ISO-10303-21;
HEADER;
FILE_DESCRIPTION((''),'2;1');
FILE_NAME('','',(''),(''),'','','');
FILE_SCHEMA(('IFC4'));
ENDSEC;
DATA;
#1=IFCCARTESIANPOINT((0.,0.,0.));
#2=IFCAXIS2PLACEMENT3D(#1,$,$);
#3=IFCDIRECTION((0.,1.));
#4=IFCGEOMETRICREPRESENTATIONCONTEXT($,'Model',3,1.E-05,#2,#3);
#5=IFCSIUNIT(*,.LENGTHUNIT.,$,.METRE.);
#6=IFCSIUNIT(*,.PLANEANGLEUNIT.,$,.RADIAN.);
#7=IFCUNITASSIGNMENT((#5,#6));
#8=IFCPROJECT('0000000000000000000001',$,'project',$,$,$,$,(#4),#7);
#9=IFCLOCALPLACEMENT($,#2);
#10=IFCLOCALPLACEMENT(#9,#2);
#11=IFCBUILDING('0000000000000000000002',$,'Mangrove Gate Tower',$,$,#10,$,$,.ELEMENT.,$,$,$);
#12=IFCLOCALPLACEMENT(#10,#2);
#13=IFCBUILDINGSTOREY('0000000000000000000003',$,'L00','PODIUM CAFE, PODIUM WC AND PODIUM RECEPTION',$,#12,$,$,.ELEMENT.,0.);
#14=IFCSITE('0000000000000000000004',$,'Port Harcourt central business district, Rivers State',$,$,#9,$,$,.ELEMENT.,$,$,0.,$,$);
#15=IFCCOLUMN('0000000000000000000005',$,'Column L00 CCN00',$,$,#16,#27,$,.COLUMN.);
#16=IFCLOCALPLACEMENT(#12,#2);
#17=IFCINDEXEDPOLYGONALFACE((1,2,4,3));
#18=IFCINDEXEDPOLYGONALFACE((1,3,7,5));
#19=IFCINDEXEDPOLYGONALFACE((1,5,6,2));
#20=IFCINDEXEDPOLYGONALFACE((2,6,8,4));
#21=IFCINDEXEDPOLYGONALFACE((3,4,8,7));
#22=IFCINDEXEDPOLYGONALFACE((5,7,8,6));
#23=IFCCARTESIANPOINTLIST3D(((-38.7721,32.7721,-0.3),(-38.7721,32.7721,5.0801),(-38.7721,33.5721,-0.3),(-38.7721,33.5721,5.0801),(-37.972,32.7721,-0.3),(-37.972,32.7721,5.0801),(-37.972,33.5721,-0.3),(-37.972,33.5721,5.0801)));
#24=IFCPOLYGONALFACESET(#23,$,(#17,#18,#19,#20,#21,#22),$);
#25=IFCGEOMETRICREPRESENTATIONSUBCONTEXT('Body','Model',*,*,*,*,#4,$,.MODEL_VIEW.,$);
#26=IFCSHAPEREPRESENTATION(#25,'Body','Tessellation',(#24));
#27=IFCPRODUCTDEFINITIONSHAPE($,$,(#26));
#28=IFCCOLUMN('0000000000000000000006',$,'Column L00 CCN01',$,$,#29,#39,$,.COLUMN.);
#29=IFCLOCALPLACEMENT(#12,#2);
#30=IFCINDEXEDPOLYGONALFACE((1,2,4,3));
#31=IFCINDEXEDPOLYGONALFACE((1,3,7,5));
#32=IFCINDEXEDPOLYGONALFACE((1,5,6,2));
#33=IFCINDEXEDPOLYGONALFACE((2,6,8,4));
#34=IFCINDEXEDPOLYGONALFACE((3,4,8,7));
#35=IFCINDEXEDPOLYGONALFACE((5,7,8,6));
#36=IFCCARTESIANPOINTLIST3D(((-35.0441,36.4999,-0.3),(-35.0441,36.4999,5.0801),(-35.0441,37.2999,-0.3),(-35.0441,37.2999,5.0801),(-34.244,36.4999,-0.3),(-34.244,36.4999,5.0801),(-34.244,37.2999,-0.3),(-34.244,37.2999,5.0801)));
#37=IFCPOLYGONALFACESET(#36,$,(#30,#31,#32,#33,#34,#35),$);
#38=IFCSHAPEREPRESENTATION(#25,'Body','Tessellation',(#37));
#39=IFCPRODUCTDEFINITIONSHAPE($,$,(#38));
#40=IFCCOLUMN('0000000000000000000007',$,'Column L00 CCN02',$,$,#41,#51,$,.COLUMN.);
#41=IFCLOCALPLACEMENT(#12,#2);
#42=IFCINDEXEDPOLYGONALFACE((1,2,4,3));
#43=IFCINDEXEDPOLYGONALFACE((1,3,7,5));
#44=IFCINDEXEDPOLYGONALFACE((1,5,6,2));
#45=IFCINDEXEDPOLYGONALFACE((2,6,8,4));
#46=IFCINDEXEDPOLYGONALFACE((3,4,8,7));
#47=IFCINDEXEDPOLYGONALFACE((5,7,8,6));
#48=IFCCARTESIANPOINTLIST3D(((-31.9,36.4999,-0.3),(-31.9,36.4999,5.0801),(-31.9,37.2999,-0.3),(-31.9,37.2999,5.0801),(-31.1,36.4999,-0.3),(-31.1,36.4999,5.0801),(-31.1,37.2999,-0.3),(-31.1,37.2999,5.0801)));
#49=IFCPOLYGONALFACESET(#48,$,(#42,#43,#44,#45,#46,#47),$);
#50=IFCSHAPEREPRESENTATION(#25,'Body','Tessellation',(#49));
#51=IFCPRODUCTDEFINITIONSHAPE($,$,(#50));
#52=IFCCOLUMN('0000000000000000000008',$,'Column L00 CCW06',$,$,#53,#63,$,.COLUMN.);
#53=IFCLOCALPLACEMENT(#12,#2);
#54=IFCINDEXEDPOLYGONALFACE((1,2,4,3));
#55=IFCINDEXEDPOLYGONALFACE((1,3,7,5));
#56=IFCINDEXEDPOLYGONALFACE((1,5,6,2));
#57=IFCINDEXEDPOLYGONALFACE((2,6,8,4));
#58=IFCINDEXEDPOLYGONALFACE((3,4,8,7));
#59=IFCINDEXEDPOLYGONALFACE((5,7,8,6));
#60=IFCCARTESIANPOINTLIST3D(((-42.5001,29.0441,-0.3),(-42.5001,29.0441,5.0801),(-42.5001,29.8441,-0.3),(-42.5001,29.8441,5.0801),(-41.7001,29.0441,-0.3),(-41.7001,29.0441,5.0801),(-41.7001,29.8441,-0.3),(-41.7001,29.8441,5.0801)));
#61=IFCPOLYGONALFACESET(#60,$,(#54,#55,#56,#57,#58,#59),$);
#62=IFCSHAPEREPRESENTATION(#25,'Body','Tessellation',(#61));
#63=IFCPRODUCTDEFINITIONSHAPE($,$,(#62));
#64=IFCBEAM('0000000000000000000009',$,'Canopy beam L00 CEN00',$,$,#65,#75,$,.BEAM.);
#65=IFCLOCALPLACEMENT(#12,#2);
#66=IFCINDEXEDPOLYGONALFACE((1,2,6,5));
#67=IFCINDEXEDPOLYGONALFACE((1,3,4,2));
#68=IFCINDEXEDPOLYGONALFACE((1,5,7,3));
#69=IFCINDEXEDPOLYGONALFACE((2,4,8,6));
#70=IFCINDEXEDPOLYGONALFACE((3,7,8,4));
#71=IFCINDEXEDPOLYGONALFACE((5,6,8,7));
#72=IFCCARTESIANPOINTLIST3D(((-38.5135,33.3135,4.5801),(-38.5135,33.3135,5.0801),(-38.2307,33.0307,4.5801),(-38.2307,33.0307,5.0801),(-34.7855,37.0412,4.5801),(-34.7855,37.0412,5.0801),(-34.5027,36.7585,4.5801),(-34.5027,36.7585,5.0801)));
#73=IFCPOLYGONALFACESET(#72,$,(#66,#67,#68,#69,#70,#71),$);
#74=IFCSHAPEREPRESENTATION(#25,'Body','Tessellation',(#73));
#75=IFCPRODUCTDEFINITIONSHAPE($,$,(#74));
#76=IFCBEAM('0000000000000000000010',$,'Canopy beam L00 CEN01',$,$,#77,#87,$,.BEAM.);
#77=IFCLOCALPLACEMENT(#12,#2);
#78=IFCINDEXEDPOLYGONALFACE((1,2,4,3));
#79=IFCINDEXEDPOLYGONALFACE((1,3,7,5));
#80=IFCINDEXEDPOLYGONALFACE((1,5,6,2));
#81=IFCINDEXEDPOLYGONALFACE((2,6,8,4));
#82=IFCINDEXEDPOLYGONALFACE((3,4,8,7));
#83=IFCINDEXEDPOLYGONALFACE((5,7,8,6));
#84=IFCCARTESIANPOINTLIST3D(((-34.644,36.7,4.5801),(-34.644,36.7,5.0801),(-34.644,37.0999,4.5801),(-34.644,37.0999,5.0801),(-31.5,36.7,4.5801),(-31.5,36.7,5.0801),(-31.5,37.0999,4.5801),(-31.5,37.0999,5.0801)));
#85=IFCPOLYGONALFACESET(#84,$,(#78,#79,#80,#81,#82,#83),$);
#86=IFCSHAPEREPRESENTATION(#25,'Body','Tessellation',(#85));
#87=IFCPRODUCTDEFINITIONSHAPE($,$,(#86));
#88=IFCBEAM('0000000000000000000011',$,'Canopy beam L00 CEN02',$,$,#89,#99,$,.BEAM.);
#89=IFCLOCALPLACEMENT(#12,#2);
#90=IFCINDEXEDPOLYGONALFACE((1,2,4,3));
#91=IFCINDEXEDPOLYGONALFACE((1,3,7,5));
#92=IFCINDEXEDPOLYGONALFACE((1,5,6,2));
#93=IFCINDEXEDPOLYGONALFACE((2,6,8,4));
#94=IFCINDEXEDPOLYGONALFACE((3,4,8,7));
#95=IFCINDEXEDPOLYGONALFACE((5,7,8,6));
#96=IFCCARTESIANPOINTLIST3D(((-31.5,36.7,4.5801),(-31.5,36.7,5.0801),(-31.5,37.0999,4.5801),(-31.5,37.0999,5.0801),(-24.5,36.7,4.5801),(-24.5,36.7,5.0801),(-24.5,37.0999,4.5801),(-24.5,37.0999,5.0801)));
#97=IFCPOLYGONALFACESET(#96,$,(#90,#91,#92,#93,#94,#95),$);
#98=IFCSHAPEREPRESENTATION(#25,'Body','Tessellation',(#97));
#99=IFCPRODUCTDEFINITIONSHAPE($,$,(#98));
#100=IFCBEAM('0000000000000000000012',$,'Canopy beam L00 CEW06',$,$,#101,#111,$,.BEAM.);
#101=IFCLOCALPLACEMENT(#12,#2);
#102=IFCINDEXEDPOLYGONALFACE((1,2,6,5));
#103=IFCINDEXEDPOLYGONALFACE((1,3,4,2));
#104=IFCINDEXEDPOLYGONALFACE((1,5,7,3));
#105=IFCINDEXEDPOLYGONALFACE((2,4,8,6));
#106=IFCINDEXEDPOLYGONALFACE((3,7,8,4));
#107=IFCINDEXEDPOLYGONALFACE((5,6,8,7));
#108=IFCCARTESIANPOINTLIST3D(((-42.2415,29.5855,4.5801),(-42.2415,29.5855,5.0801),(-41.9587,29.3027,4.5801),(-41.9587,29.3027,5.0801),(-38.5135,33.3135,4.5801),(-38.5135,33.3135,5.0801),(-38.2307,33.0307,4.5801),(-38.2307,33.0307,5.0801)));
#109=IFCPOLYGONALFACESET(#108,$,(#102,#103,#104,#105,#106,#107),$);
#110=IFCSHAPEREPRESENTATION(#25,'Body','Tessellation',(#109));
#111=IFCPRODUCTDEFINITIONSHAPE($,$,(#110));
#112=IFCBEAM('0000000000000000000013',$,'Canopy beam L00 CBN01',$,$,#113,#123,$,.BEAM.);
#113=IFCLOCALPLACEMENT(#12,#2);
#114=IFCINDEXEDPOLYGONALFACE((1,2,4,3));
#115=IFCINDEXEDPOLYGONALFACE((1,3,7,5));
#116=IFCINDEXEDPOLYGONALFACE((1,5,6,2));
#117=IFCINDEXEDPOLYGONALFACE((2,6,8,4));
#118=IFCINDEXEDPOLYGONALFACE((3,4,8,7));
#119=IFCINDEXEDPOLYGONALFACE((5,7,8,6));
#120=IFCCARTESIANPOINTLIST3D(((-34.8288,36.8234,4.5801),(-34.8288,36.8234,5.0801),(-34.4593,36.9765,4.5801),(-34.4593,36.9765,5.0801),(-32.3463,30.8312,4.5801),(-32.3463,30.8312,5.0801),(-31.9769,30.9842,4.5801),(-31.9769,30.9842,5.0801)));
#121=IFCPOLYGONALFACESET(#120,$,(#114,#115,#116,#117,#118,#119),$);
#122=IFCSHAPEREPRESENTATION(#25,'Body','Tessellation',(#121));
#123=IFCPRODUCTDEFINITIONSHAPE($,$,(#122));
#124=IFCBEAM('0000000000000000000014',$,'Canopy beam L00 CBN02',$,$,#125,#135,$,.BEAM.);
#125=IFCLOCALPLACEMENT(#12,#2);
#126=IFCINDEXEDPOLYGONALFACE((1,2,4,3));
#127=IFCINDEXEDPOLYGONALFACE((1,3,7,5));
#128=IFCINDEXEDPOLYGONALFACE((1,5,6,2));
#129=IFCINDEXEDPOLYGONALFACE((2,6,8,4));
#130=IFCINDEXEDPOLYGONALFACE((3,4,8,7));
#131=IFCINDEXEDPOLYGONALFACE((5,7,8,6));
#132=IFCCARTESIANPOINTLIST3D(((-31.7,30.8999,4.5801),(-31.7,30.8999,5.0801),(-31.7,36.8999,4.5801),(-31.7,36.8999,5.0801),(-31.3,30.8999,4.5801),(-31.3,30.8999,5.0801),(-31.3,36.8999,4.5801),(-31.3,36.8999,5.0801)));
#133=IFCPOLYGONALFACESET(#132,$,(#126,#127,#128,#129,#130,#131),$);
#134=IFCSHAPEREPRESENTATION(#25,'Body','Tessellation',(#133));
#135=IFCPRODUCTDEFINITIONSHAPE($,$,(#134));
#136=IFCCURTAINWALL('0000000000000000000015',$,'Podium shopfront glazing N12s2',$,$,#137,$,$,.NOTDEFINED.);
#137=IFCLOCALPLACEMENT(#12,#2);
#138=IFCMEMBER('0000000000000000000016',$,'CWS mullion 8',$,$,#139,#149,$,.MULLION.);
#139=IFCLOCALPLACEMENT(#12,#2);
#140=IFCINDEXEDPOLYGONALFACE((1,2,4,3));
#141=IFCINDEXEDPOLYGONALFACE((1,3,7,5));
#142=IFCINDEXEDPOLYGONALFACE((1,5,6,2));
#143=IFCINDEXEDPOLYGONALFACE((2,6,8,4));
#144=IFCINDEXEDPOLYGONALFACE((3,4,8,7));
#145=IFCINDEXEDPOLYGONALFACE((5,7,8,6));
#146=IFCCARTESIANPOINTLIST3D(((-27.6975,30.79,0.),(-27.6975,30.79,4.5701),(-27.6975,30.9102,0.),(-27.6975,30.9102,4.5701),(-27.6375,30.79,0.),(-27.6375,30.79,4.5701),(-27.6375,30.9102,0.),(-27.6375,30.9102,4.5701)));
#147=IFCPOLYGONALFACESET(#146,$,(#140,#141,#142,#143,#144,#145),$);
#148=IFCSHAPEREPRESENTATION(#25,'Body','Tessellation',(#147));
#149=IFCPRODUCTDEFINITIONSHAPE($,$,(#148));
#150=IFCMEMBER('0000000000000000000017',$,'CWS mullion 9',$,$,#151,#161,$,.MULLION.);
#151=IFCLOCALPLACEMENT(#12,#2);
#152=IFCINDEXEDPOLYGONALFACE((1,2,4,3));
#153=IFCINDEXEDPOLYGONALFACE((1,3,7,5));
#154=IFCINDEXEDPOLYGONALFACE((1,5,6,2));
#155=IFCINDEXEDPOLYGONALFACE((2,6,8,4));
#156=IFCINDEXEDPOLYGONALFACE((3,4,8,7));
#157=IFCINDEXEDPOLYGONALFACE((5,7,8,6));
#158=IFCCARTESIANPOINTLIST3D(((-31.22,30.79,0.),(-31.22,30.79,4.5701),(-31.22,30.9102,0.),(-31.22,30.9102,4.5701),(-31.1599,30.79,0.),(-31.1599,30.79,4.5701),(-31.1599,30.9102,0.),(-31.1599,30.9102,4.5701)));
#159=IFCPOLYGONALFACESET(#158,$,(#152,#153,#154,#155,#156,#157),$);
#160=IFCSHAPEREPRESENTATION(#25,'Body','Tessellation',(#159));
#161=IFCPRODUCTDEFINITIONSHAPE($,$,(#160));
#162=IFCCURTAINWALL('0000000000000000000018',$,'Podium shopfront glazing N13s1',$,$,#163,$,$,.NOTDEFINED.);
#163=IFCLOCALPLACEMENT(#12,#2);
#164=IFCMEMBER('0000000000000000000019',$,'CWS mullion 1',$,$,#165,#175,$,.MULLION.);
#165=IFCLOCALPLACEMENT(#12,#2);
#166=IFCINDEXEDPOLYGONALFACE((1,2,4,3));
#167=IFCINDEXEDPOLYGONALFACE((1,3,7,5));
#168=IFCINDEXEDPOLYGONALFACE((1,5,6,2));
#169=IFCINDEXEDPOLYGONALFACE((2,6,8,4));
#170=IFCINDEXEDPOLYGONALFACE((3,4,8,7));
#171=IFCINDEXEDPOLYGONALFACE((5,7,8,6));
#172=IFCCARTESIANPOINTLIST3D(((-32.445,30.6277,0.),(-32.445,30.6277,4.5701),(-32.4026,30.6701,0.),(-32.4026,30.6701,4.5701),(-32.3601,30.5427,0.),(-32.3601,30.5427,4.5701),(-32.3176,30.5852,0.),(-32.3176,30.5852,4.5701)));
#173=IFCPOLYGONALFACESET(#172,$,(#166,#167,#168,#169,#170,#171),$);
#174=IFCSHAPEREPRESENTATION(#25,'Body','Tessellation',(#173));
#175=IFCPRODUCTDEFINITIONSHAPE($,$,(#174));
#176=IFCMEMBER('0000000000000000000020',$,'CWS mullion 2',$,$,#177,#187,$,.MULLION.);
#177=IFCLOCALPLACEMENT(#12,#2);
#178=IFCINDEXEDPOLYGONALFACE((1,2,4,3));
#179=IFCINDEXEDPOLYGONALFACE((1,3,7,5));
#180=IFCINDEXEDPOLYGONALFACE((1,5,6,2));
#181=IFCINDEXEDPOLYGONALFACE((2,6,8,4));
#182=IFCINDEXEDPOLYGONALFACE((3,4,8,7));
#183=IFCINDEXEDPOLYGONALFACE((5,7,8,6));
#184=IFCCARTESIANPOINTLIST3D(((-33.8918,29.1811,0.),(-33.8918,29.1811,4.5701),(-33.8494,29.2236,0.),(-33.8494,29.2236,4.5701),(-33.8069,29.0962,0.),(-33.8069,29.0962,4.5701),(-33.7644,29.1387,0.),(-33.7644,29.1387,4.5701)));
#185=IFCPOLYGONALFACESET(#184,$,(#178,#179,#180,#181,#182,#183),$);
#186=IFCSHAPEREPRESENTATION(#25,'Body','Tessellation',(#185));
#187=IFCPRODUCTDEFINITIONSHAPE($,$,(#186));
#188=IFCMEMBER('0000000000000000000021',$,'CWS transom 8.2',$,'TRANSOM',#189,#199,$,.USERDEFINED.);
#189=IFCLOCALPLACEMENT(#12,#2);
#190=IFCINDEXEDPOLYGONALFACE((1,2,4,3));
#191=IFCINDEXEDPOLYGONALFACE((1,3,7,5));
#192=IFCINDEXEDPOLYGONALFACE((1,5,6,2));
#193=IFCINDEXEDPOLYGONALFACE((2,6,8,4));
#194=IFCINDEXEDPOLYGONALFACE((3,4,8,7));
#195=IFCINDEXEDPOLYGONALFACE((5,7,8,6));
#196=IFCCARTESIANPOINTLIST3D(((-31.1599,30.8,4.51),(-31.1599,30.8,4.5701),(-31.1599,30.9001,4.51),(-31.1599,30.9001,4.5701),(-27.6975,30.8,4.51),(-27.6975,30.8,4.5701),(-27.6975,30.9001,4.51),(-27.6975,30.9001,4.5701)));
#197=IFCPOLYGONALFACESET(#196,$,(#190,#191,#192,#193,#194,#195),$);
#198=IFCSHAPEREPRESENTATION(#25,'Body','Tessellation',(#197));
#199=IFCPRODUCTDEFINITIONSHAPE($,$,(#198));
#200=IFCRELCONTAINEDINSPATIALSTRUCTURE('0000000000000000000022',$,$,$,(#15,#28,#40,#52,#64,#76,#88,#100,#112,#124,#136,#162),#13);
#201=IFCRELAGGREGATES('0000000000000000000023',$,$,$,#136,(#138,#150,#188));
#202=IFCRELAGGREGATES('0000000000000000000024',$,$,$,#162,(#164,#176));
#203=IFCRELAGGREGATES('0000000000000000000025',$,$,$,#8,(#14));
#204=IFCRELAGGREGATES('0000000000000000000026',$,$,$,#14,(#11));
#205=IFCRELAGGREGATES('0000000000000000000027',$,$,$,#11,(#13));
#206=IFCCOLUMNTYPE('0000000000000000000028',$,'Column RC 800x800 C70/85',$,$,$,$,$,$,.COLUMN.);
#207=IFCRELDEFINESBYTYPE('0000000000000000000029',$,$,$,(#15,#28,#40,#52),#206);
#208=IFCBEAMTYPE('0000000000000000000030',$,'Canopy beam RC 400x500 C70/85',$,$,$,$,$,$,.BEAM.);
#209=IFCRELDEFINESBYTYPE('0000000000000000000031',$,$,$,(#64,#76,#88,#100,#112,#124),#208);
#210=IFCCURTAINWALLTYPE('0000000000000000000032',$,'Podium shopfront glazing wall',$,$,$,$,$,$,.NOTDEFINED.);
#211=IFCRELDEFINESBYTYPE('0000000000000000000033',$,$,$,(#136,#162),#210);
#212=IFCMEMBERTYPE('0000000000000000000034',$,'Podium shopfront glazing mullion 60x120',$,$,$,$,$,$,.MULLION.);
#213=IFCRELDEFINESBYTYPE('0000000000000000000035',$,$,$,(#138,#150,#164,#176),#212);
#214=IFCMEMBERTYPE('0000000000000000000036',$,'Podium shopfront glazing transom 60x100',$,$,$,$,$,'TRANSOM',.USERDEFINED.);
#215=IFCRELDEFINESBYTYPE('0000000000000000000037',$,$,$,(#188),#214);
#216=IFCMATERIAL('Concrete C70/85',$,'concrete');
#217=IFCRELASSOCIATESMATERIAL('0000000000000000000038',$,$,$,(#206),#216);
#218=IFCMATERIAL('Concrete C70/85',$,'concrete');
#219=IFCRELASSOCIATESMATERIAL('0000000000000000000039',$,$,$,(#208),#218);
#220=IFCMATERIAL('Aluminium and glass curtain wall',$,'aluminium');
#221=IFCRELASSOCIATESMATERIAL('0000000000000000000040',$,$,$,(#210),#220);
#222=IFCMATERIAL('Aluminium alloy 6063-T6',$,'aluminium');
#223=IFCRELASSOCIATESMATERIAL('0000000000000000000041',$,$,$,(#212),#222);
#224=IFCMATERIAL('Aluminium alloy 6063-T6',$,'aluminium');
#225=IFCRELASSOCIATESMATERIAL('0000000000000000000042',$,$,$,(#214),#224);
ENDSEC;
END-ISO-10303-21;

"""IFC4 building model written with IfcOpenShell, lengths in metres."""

from ifc_helpers import new_model, si_unit, direction, frame, origin, origin_2d, place, context, subcontext, project, spatial, rectangle, extrude, material, material_profile, profile_set, type_object, element, aggregate, save


model = new_model("IFC4")

# Units and contexts
model_context = context("Model", 3, precision=1e-05, world=origin(), true_north=direction((0.0, 1.0)))
body_context = subcontext(model_context, "Body", "Model", "MODEL_VIEW")
ifc_project = project(units=[si_unit("LENGTHUNIT", "METRE"), si_unit("PLANEANGLEUNIT", "RADIAN")], contexts=[model_context])

# Site, building, storey
site_placement = place(None, origin())
site = spatial("IfcSite", under=ifc_project, at=site_placement, Name="Port Harcourt central business district, Rivers State", CompositionType="ELEMENT", RefElevation=0.0)
building_placement = place(site_placement, origin())
building = spatial("IfcBuilding", under=site, at=building_placement, Name="Mangrove Gate Tower", CompositionType="ELEMENT")
storey_placement = place(building_placement, origin())
storey = spatial("IfcBuildingStorey", under=building, at=storey_placement, Name="L00", Description="PODIUM CAFE, PODIUM WC AND PODIUM RECEPTION", CompositionType="ELEMENT", Elevation=0.0)

# Columns
ifc_material_1 = material(Name="Concrete C70/85", Category="concrete")
ifc_material_profile_1 = material_profile(ifc_material_1, rectangle(XDim=0.8, YDim=0.8, at=origin_2d()))
ifc_profile_set_1 = profile_set([ifc_material_profile_1], Name="Concrete C70/85")
column_type_1 = type_object("IfcColumnType", Name="Column RC 800x800 C70/85", PredefinedType="COLUMN", material=ifc_profile_set_1)
for number, where, z_axis, x_axis, name in (
    (1, (-38.3721, 33.1721, -0.3), (0.0, 0.0, 1.0), (1.0, 0.0, 0.0), "Column L00 CCN00"),
    (2, (-34.644, 36.8999, -0.3), (0.0, 0.0, 1.0), (1.0, 0.0, 0.0), "Column L00 CCN01"),
    (3, (-31.5, 36.8999, -0.3), (0.0, 0.0, 1.0), (1.0, 0.0, 0.0), "Column L00 CCN02"),
    (4, (-42.1001, 29.4441, -0.3), (0.0, 0.0, 1.0), (1.0, 0.0, 0.0), "Column L00 CCW06"),
):
    element("IfcColumn", number, at=place(storey_placement, frame(where, z_axis=z_axis, x_axis=x_axis)), inside=storey, type_object=column_type_1, Name=name, PredefinedType="COLUMN", context=body_context, shape_type="SweptSolid", body=[
        extrude(rectangle(XDim=0.8, YDim=0.8, at=origin_2d()), origin(), (0.0, 0.0, 1.0), 5.3801),
    ])

# Beams
ifc_material_2 = material(Name="Concrete C70/85", Category="concrete")
ifc_material_profile_2 = material_profile(ifc_material_2, rectangle(XDim=0.3999, YDim=0.5, at=origin_2d()))
ifc_profile_set_2 = profile_set([ifc_material_profile_2], Name="Concrete C70/85")
beam_type = type_object("IfcBeamType", Name="Canopy beam RC 400x500 C70/85", PredefinedType="BEAM", material=ifc_profile_set_2)
beam_1_placement = place(storey_placement, frame((-38.3721, 33.1721, 4.8301), z_axis=(0.70713, 0.707084, 0.0), x_axis=(-0.707084, 0.70713, 0.0)))
element("IfcBeam", 5, at=beam_1_placement, inside=storey, type_object=beam_type, Name="Canopy beam L00 CEN00", PredefinedType="BEAM", context=body_context, shape_type="SweptSolid", body=[
    extrude(rectangle(XDim=0.3999, YDim=0.5, at=origin_2d()), origin(), (0.0, 0.0, 1.0), 5.272),
])
beam_2_placement = place(storey_placement, frame((-34.644, 36.8999, 4.8301), z_axis=(1.0, 0.0, 0.0), x_axis=(0.0, 1.0, 0.0)))
element("IfcBeam", 6, at=beam_2_placement, inside=storey, type_object=beam_type, Name="Canopy beam L00 CEN01", PredefinedType="BEAM", context=body_context, shape_type="SweptSolid", body=[
    extrude(rectangle(XDim=0.3999, YDim=0.5, at=origin_2d()), origin(), (0.0, 0.0, 1.0), 3.144),
])
beam_3_placement = place(storey_placement, frame((-31.5, 36.8999, 4.8301), z_axis=(1.0, 0.0, 0.0), x_axis=(0.0, 1.0, 0.0)))
element("IfcBeam", 7, at=beam_3_placement, inside=storey, type_object=beam_type, Name="Canopy beam L00 CEN02", PredefinedType="BEAM", context=body_context, shape_type="SweptSolid", body=[
    extrude(rectangle(XDim=0.3999, YDim=0.5, at=origin_2d()), origin(), (0.0, 0.0, 1.0), 7.0),
])
beam_4_placement = place(storey_placement, frame((-42.1001, 29.4441, 4.8301), z_axis=(0.707107, 0.707107, 0.0), x_axis=(-0.707107, 0.707107, 0.0)))
element("IfcBeam", 8, at=beam_4_placement, inside=storey, type_object=beam_type, Name="Canopy beam L00 CEW06", PredefinedType="BEAM", context=body_context, shape_type="SweptSolid", body=[
    extrude(rectangle(XDim=0.3999, YDim=0.5, at=origin_2d()), origin(), (0.0, 0.0, 1.0), 5.2722),
])
beam_5_placement = place(storey_placement, frame((-32.1616, 30.9077, 4.8301), z_axis=(-0.382733, 0.923859, 0.0), x_axis=(-0.923859, -0.382733, 0.0)))
element("IfcBeam", 9, at=beam_5_placement, inside=storey, type_object=beam_type, Name="Canopy beam L00 CBN01", PredefinedType="BEAM", context=body_context, shape_type="SweptSolid", body=[
    extrude(rectangle(XDim=0.3999, YDim=0.5, at=origin_2d()), origin(), (0.0, 0.0, 1.0), 6.4861),
])
beam_6_placement = place(storey_placement, frame((-31.5, 30.8999, 4.8301), z_axis=(0.0, 1.0, 0.0), x_axis=(-1.0, 0.0, 0.0)))
element("IfcBeam", 10, at=beam_6_placement, inside=storey, type_object=beam_type, Name="Canopy beam L00 CBN02", PredefinedType="BEAM", context=body_context, shape_type="SweptSolid", body=[
    extrude(rectangle(XDim=0.3999, YDim=0.5, at=origin_2d()), origin(), (0.0, 0.0, 1.0), 6.0),
])

# Curtain walls, members
ifc_material_3 = material(Name="Aluminium and glass curtain wall", Category="aluminium")
curtain_wall_type = type_object("IfcCurtainWallType", Name="Podium shopfront glazing wall", PredefinedType="NOTDEFINED", material=ifc_material_3)
curtain_wall_1_placement = place(storey_placement, origin())
curtain_wall_1 = element("IfcCurtainWall", 11, at=curtain_wall_1_placement, inside=storey, type_object=curtain_wall_type, Name="Podium shopfront glazing N12s2", PredefinedType="NOTDEFINED")
ifc_material_4 = material(Name="Aluminium alloy 6063-T6", Category="aluminium")
ifc_material_profile_3 = material_profile(ifc_material_4, rectangle(XDim=0.0601, YDim=0.1201, at=origin_2d()))
ifc_profile_set_3 = profile_set([ifc_material_profile_3], Name="Aluminium alloy 6063-T6")
member_type_1 = type_object("IfcMemberType", Name="Podium shopfront glazing mullion 60x120", PredefinedType="MULLION", material=ifc_profile_set_3)
member_1_placement = place(storey_placement, frame((-27.6675, 30.8501, 0.0), z_axis=(0.0, 0.0, 1.0), x_axis=(-1.0, 0.0, 0.0)))
member_1 = element("IfcMember", 12, at=member_1_placement, type_object=member_type_1, Name="CWS mullion 8", PredefinedType="MULLION", context=body_context, shape_type="SweptSolid", body=[
    extrude(rectangle(XDim=0.0601, YDim=0.1201, at=origin_2d()), origin(), (0.0, 0.0, 1.0), 4.5701),
])
member_2_placement = place(storey_placement, frame((-31.1899, 30.8501, 0.0), z_axis=(0.0, 0.0, 1.0), x_axis=(-1.0, 0.0, 0.0)))
member_2 = element("IfcMember", 13, at=member_2_placement, type_object=member_type_1, Name="CWS mullion 9", PredefinedType="MULLION", context=body_context, shape_type="SweptSolid", body=[
    extrude(rectangle(XDim=0.0601, YDim=0.1201, at=origin_2d()), origin(), (0.0, 0.0, 1.0), 4.5701),
])
curtain_wall_2_placement = place(storey_placement, origin())
curtain_wall_2 = element("IfcCurtainWall", 14, at=curtain_wall_2_placement, inside=storey, type_object=curtain_wall_type, Name="Podium shopfront glazing N13s1", PredefinedType="NOTDEFINED")
member_3_placement = place(storey_placement, frame((-32.3813, 30.6064, 0.0), z_axis=(0.0, 0.0, 1.0), x_axis=(-0.707107, -0.707107, 0.0)))
member_3 = element("IfcMember", 15, at=member_3_placement, type_object=member_type_1, Name="CWS mullion 1", PredefinedType="MULLION", context=body_context, shape_type="SweptSolid", body=[
    extrude(rectangle(XDim=0.0601, YDim=0.1201, at=origin_2d()), origin(), (0.0, 0.0, 1.0), 4.5701),
])
member_4_placement = place(storey_placement, frame((-33.8281, 29.1599, 0.0), z_axis=(0.0, 0.0, 1.0), x_axis=(-0.707107, -0.707107, 0.0)))
member_4 = element("IfcMember", 16, at=member_4_placement, type_object=member_type_1, Name="CWS mullion 2", PredefinedType="MULLION", context=body_context, shape_type="SweptSolid", body=[
    extrude(rectangle(XDim=0.0601, YDim=0.1201, at=origin_2d()), origin(), (0.0, 0.0, 1.0), 4.5701),
])

# Member
ifc_material_5 = material(Name="Aluminium alloy 6063-T6", Category="aluminium")
ifc_material_profile_4 = material_profile(ifc_material_5, rectangle(XDim=0.0601, YDim=0.1001, at=origin_2d()))
ifc_profile_set_4 = profile_set([ifc_material_profile_4], Name="Aluminium alloy 6063-T6")
member_type_2 = type_object("IfcMemberType", Name="Podium shopfront glazing transom 60x100", ElementType="TRANSOM", PredefinedType="USERDEFINED", material=ifc_profile_set_4)
member_5_placement = place(storey_placement, frame((-27.6975, 30.8501, 4.54), z_axis=(-1.0, 0.0, 0.0), x_axis=(0.0, 0.0, 1.0)))
member_5 = element("IfcMember", 17, at=member_5_placement, type_object=member_type_2, Name="CWS transom 8.2", ObjectType="TRANSOM", PredefinedType="USERDEFINED", context=body_context, shape_type="SweptSolid", body=[
    extrude(rectangle(XDim=0.0601, YDim=0.1001, at=origin_2d()), origin(), (0.0, 0.0, 1.0), 3.4624),
])

aggregate(curtain_wall_1, [member_1, member_2, member_5])
aggregate(curtain_wall_2, [member_3, member_4])

save(model, "model.ifc")
